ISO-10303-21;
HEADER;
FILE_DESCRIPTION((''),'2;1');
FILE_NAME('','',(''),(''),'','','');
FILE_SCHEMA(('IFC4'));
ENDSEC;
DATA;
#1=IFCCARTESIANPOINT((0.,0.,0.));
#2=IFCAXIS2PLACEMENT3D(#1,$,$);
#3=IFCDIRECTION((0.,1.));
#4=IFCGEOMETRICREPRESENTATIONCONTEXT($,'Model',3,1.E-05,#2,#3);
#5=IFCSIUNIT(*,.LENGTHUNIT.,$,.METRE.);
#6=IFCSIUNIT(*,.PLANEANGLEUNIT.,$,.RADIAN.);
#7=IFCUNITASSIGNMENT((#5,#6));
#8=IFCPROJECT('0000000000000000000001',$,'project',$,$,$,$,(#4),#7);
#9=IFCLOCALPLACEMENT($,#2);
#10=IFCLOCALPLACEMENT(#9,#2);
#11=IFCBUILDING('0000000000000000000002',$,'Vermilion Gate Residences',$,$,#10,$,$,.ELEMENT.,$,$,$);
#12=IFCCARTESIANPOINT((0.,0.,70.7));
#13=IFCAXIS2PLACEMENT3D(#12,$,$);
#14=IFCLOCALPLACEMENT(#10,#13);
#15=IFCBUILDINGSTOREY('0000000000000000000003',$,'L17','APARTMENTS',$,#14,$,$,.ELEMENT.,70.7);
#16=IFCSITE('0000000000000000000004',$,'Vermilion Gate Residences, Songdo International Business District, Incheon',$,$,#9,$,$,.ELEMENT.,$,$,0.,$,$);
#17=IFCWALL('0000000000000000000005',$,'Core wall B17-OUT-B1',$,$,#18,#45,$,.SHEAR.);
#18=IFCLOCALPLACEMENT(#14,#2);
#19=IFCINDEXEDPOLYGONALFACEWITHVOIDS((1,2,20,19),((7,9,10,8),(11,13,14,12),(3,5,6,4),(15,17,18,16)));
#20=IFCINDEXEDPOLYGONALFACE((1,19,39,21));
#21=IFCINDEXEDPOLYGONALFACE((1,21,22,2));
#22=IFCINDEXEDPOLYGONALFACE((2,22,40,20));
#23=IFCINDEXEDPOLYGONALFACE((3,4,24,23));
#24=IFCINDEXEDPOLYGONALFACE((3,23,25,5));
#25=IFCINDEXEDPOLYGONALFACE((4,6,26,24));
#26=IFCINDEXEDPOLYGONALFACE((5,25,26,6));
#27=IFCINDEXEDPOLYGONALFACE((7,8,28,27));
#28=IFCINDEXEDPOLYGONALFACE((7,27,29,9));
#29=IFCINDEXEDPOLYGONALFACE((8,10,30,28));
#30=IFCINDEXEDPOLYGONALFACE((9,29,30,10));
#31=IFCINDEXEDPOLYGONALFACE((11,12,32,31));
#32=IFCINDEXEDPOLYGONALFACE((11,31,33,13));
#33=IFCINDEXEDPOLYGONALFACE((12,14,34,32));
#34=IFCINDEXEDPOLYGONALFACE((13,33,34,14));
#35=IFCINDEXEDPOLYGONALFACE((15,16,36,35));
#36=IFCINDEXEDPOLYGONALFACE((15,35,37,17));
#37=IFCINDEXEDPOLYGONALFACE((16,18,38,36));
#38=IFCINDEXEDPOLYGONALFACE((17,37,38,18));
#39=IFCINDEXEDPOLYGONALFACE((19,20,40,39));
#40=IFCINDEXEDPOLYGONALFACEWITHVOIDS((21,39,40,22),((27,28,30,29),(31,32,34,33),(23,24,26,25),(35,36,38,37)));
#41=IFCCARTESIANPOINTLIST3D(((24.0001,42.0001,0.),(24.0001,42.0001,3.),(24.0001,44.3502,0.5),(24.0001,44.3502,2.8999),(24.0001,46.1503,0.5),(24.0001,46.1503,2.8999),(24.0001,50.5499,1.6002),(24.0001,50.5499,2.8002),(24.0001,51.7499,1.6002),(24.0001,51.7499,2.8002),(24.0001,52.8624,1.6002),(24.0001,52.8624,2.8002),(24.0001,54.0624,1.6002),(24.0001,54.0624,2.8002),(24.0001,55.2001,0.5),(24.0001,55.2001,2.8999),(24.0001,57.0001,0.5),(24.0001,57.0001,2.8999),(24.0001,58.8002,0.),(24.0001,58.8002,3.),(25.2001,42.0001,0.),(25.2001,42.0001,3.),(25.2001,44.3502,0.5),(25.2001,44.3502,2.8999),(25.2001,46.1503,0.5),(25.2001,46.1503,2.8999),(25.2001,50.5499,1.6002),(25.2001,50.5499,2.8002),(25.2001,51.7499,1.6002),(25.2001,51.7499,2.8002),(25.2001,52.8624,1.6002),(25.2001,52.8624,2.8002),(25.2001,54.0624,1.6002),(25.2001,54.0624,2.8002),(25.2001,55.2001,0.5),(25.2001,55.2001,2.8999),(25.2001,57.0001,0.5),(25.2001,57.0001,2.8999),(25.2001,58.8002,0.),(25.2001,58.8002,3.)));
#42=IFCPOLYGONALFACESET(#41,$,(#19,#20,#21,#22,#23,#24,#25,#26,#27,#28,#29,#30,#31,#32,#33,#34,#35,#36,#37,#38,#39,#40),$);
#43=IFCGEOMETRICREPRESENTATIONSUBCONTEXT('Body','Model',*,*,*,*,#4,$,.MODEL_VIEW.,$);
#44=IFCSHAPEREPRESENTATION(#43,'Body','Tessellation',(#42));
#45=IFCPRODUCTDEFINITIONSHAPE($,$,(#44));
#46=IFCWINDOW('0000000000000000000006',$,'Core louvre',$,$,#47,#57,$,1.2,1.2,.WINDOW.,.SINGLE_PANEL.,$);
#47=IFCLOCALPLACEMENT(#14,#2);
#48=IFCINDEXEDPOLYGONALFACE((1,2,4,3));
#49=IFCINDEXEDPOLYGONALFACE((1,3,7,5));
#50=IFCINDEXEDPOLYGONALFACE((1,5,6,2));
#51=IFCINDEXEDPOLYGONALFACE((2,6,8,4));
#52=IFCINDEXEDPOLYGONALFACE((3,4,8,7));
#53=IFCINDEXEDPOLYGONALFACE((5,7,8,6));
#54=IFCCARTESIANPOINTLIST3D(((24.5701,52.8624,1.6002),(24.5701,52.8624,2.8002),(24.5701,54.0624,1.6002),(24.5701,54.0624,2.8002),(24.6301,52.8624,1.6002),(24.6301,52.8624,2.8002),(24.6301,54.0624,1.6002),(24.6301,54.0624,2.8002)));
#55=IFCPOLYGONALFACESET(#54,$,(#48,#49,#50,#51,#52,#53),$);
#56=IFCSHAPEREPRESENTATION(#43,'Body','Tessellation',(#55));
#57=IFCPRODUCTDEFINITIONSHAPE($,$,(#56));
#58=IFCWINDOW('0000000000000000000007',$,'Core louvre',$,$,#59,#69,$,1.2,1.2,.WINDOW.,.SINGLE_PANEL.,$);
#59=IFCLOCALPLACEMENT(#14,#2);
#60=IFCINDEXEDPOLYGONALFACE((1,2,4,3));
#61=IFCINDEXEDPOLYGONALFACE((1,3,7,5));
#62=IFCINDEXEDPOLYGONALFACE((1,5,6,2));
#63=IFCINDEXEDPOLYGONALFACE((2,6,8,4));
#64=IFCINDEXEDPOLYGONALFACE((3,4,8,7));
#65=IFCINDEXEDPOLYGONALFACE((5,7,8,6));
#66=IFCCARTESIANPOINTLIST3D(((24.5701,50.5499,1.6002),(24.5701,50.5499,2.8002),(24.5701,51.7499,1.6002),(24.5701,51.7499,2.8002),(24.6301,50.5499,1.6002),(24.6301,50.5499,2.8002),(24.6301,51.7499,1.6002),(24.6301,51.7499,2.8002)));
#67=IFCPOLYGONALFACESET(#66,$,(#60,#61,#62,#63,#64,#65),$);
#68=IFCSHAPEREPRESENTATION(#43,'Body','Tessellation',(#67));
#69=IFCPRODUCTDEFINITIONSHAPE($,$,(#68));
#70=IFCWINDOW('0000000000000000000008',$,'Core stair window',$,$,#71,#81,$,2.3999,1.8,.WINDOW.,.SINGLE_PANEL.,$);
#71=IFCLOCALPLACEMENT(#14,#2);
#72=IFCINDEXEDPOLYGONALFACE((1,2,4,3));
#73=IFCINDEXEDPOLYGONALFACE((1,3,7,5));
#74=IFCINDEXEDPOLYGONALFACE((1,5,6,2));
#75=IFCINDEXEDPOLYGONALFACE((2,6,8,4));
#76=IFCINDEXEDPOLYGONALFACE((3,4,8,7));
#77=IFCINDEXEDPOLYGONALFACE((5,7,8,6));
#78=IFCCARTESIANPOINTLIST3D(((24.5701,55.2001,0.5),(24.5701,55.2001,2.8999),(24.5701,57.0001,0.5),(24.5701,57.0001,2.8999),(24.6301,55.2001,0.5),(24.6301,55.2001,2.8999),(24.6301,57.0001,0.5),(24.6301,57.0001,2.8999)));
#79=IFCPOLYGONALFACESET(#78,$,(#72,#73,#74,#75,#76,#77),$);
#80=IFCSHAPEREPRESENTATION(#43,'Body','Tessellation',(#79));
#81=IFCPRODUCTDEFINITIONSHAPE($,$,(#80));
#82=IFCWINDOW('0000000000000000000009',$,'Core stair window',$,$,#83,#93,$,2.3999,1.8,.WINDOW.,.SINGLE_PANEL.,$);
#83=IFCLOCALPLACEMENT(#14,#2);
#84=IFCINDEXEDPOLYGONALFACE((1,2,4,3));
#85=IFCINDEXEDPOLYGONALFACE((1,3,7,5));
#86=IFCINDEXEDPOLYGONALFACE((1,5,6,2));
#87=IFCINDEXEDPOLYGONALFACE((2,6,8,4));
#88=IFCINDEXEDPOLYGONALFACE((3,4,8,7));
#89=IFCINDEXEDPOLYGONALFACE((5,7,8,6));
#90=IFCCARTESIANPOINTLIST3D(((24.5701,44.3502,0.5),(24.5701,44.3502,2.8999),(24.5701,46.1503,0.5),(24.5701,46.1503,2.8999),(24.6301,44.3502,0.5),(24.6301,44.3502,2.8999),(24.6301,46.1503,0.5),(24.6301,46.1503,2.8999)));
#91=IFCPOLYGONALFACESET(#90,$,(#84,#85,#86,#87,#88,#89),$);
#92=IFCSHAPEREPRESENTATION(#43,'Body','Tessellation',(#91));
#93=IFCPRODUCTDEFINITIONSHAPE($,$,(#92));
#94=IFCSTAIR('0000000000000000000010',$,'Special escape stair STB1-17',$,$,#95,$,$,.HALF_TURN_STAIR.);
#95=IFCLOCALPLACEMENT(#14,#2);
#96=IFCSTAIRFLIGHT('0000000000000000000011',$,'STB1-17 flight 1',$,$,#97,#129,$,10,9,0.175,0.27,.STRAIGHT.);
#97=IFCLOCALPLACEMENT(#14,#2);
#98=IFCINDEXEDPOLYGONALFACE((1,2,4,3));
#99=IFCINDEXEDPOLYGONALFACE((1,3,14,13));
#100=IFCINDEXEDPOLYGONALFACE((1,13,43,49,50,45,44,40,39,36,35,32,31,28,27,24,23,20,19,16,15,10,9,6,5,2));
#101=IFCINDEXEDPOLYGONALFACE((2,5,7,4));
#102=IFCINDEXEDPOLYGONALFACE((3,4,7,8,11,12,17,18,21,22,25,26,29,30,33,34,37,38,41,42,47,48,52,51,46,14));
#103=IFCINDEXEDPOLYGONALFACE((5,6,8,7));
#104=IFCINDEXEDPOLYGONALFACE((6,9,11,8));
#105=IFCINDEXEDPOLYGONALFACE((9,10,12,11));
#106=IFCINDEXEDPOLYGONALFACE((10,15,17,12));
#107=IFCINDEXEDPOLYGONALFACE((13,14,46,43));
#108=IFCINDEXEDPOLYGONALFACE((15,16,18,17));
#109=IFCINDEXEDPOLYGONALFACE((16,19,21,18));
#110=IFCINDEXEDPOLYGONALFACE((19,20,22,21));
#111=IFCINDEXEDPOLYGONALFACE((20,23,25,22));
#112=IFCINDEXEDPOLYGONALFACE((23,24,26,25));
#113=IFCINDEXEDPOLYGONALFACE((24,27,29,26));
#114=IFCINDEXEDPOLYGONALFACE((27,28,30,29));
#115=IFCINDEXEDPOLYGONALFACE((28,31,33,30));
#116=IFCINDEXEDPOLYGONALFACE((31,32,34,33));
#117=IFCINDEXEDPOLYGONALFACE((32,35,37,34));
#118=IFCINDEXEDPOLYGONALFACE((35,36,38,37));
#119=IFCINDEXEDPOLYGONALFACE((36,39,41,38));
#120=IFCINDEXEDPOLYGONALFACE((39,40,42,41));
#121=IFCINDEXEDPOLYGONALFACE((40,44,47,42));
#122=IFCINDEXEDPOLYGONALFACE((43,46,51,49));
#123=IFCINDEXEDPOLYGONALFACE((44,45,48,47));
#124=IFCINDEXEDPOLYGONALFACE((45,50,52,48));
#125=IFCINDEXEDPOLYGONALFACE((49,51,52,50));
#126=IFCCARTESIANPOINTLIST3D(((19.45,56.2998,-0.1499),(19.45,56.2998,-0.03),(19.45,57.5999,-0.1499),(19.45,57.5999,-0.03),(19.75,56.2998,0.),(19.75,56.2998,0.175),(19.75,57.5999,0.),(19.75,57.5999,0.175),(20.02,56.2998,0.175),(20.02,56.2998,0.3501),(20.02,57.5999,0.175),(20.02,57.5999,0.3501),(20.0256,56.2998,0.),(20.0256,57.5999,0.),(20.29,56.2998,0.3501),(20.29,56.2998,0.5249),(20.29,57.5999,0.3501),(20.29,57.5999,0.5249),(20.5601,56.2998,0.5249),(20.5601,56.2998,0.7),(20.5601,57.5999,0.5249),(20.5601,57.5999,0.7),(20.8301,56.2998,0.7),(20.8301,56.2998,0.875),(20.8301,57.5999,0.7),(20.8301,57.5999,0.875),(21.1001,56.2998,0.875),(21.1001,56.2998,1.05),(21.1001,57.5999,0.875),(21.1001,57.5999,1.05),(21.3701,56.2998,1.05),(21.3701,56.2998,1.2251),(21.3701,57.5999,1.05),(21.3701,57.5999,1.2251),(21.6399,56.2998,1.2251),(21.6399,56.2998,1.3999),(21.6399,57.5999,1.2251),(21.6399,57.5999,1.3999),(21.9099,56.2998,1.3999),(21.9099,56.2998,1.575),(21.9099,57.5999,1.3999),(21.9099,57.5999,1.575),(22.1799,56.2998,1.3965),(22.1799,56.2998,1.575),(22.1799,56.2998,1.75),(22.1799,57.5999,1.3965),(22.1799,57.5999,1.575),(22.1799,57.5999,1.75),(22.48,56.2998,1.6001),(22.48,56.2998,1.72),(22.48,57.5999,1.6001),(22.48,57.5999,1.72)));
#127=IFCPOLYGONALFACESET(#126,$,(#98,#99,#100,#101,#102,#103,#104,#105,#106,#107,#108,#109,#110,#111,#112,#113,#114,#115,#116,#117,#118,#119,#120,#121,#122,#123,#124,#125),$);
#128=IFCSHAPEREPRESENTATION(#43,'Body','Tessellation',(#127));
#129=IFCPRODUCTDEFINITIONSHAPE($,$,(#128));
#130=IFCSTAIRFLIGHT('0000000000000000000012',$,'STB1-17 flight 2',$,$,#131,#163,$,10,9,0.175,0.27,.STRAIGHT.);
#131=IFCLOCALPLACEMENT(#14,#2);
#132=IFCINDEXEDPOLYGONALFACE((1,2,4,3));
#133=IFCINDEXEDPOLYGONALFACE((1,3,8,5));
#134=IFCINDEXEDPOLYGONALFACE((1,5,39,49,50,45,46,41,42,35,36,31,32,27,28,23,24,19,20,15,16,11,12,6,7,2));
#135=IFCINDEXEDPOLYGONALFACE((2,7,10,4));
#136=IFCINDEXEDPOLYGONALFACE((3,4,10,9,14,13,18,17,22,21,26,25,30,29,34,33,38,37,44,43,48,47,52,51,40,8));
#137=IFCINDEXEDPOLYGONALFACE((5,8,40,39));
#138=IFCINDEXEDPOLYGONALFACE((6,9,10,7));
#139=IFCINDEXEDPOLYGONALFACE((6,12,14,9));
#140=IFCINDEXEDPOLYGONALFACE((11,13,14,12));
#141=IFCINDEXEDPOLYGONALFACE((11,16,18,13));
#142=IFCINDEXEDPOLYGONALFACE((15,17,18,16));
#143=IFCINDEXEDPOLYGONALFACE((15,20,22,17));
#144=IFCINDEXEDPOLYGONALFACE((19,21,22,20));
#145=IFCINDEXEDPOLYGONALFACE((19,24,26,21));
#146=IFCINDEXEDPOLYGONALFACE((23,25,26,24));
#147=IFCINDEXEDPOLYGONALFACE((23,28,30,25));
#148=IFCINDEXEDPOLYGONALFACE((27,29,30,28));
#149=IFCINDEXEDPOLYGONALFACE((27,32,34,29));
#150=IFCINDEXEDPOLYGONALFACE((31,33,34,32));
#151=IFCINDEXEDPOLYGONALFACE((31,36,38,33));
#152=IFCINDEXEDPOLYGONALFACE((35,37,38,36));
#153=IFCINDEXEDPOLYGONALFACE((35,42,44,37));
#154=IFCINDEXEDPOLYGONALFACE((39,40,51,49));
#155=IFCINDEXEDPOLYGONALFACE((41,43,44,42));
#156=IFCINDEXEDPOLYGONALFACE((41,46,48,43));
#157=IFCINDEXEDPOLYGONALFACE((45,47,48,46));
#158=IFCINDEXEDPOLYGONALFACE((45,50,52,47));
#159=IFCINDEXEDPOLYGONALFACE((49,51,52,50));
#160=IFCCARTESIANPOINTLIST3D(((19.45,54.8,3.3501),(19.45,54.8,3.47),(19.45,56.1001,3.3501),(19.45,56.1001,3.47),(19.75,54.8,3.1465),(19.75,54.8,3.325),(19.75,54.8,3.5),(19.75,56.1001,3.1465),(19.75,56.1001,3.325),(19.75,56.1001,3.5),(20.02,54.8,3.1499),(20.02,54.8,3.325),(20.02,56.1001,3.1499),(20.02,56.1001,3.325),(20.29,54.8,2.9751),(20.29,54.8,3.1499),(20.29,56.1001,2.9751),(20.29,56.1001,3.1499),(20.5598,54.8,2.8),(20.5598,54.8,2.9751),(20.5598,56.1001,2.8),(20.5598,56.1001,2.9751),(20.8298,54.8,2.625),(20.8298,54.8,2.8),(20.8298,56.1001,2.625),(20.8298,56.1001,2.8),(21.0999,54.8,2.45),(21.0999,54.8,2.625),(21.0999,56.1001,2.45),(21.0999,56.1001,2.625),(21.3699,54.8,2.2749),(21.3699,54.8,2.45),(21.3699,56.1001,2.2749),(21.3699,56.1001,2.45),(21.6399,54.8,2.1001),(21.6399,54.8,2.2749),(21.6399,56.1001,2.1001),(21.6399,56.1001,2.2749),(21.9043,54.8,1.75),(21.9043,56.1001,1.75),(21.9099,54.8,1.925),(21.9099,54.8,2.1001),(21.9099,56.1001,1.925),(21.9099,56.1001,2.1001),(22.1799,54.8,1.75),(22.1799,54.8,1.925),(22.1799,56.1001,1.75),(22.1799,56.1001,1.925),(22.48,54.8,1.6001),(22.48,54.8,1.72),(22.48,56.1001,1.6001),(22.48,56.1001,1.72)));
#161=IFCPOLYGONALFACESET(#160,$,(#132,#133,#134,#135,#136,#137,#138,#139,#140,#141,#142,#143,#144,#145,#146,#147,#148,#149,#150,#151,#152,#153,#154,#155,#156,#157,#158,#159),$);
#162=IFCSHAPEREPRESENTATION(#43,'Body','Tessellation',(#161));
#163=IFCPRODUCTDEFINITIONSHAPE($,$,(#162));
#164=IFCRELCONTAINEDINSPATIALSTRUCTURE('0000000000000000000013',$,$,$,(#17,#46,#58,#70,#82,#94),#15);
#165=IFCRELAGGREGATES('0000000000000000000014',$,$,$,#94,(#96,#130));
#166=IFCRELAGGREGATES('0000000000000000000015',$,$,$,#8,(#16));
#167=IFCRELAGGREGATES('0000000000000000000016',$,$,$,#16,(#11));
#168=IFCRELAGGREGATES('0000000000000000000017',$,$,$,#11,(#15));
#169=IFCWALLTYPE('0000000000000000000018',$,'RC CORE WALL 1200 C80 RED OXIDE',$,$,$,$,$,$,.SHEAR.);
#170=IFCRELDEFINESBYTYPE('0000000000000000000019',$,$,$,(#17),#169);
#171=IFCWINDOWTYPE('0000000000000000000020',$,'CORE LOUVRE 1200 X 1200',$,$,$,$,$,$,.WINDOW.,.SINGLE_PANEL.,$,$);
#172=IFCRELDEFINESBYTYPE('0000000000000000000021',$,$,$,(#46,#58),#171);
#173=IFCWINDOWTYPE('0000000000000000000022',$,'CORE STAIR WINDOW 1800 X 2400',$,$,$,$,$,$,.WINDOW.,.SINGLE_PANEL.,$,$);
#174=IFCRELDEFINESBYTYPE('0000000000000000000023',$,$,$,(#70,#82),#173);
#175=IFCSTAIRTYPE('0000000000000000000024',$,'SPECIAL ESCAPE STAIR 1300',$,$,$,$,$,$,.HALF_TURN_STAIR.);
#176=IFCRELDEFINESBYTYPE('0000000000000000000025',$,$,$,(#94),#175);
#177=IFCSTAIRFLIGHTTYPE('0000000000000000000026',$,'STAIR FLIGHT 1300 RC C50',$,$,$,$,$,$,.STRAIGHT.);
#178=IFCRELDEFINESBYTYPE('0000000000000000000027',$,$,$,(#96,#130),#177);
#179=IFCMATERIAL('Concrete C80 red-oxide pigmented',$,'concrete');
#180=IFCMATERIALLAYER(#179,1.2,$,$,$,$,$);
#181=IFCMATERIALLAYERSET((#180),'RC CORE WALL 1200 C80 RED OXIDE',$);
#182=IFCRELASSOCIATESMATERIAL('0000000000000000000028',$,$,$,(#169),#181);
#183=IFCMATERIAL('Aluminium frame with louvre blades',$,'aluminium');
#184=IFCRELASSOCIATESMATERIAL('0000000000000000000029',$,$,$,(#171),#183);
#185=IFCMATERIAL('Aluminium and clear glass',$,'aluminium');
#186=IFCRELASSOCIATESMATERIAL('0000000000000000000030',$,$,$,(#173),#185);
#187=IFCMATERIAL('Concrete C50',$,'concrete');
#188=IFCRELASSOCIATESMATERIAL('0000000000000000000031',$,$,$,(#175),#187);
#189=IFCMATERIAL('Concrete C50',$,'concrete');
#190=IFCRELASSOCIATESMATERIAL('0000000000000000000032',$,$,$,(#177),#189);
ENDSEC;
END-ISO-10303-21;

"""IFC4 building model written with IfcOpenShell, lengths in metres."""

from ifc_helpers import new_model, si_unit, direction, frame, frame_2d, origin, place, context, subcontext, project, spatial, polyline, rectangle, outline, extrude, material, layer, layer_set, type_object, element, fill, aggregate, save


model = new_model("IFC4")

# Units and contexts
model_context = context("Model", 3, precision=1e-05, world=origin(), true_north=direction((0.0, 1.0)))
body_context = subcontext(model_context, "Body", "Model", "MODEL_VIEW")
ifc_project = project(units=[si_unit("LENGTHUNIT", "METRE"), si_unit("PLANEANGLEUNIT", "RADIAN")], contexts=[model_context])

# Site, building, storey
site_placement = place(None, origin())
site = spatial("IfcSite", under=ifc_project, at=site_placement, Name="Vermilion Gate Residences, Songdo International Business District, Incheon", CompositionType="ELEMENT", RefElevation=0.0)
building_placement = place(site_placement, origin())
building = spatial("IfcBuilding", under=site, at=building_placement, Name="Vermilion Gate Residences", CompositionType="ELEMENT")
storey_placement = place(building_placement, frame((0.0, 0.0, 70.7)))
storey = spatial("IfcBuildingStorey", under=building, at=storey_placement, Name="L17", Description="APARTMENTS", CompositionType="ELEMENT", Elevation=70.7)

# Wall, openings, windows
ifc_material_1 = material(Name="Concrete C80 red-oxide pigmented", Category="concrete")
ifc_layer_1 = layer(ifc_material_1, 1.2)
ifc_layer_set_1 = layer_set([ifc_layer_1], Name="RC CORE WALL 1200 C80 RED OXIDE")
wall_type_1 = type_object("IfcWallType", Name="RC CORE WALL 1200 C80 RED OXIDE", PredefinedType="SHEAR", material=ifc_layer_set_1)
wall_1_placement = place(storey_placement, frame((24.6001, 58.8, 0.0), z_axis=(0.0, 0.0, 1.0), x_axis=(0.0, -1.0, 0.0)))
wall_1 = element("IfcWall", 1, at=wall_1_placement, inside=storey, type_object=wall_type_1, Name="Core wall B17-OUT-B1", PredefinedType="SHEAR", context=body_context, shape_type="SweptSolid", body=[
    extrude(rectangle(XDim=16.8, YDim=1.2, at=frame_2d((8.3999, 0.0))), origin(), (0.0, 0.0, 1.0), 3.0),
])
opening_1_placement = place(wall_1_placement, frame((1.8, 0.0, 0.5)))
opening_1 = element("IfcOpeningElement", 2, at=opening_1_placement, cuts=wall_1, PredefinedType="OPENING", context=body_context, shape_type="SweptSolid", body=[
    extrude(rectangle(XDim=1.8, YDim=2.3999, at=frame_2d((0.8999, 1.2))), frame((0.0, 0.6099, 0.0), z_axis=(0.0, -1.0, 0.0), x_axis=(1.0, 0.0, 0.0)), (0.0, 0.0, 1.0), 1.22),
])
opening_2_placement = place(wall_1_placement, frame((4.7375, 0.0, 1.6001)))
opening_2 = element("IfcOpeningElement", 3, at=opening_2_placement, cuts=wall_1, PredefinedType="OPENING", context=body_context, shape_type="SweptSolid", body=[
    extrude(rectangle(XDim=1.2, YDim=1.2, at=frame_2d((0.6001, 0.6001))), frame((0.0, 0.6099, 0.0), z_axis=(0.0, -1.0, 0.0), x_axis=(1.0, 0.0, 0.0)), (0.0, 0.0, 1.0), 1.22),
])
opening_3_placement = place(wall_1_placement, frame((7.05, 0.0, 1.6001)))
opening_3 = element("IfcOpeningElement", 4, at=opening_3_placement, cuts=wall_1, PredefinedType="OPENING", context=body_context, shape_type="SweptSolid", body=[
    extrude(rectangle(XDim=1.2, YDim=1.2, at=frame_2d((0.6001, 0.6001))), frame((0.0, 0.6099, 0.0), z_axis=(0.0, -1.0, 0.0), x_axis=(1.0, 0.0, 0.0)), (0.0, 0.0, 1.0), 1.22),
])
opening_4_placement = place(wall_1_placement, frame((12.6499, 0.0, 0.5)))
opening_4 = element("IfcOpeningElement", 5, at=opening_4_placement, cuts=wall_1, PredefinedType="OPENING", context=body_context, shape_type="SweptSolid", body=[
    extrude(rectangle(XDim=1.8, YDim=2.3999, at=frame_2d((0.8999, 1.2))), frame((0.0, 0.6099, 0.0), z_axis=(0.0, -1.0, 0.0), x_axis=(1.0, 0.0, 0.0)), (0.0, 0.0, 1.0), 1.22),
])
ifc_material_2 = material(Name="Aluminium frame with louvre blades", Category="aluminium")
window_type_1 = type_object("IfcWindowType", Name="CORE LOUVRE 1200 X 1200", PartitioningType="SINGLE_PANEL", PredefinedType="WINDOW", material=ifc_material_2)
window_1_placement = place(opening_2_placement, origin())
window_1 = element("IfcWindow", 6, at=window_1_placement, inside=storey, type_object=window_type_1, Name="Core louvre", OverallHeight=1.2, OverallWidth=1.2, PartitioningType="SINGLE_PANEL", PredefinedType="WINDOW", context=body_context, shape_type="SweptSolid", body=[
    extrude(rectangle(XDim=1.2, YDim=1.2, at=frame_2d((0.6001, 0.6001))), frame((0.0, 0.03, 0.0), z_axis=(0.0, -1.0, 0.0), x_axis=(1.0, 0.0, 0.0)), (0.0, 0.0, 1.0), 0.0601),
])
fill(opening_2, window_1)
window_2_placement = place(opening_3_placement, origin())
window_2 = element("IfcWindow", 7, at=window_2_placement, inside=storey, type_object=window_type_1, Name="Core louvre", OverallHeight=1.2, OverallWidth=1.2, PartitioningType="SINGLE_PANEL", PredefinedType="WINDOW", context=body_context, shape_type="SweptSolid", body=[
    extrude(rectangle(XDim=1.2, YDim=1.2, at=frame_2d((0.6001, 0.6001))), frame((0.0, 0.03, 0.0), z_axis=(0.0, -1.0, 0.0), x_axis=(1.0, 0.0, 0.0)), (0.0, 0.0, 1.0), 0.0601),
])
fill(opening_3, window_2)
ifc_material_3 = material(Name="Aluminium and clear glass", Category="aluminium")
window_type_2 = type_object("IfcWindowType", Name="CORE STAIR WINDOW 1800 X 2400", PartitioningType="SINGLE_PANEL", PredefinedType="WINDOW", material=ifc_material_3)
window_3_placement = place(opening_1_placement, origin())
window_3 = element("IfcWindow", 8, at=window_3_placement, inside=storey, type_object=window_type_2, Name="Core stair window", OverallHeight=2.3999, OverallWidth=1.8, PartitioningType="SINGLE_PANEL", PredefinedType="WINDOW", context=body_context, shape_type="SweptSolid", body=[
    extrude(rectangle(XDim=1.8, YDim=2.3999, at=frame_2d((0.8999, 1.2))), frame((0.0, 0.03, 0.0), z_axis=(0.0, -1.0, 0.0), x_axis=(1.0, 0.0, 0.0)), (0.0, 0.0, 1.0), 0.0601),
])
fill(opening_1, window_3)
window_4_placement = place(opening_4_placement, origin())
window_4 = element("IfcWindow", 9, at=window_4_placement, inside=storey, type_object=window_type_2, Name="Core stair window", OverallHeight=2.3999, OverallWidth=1.8, PartitioningType="SINGLE_PANEL", PredefinedType="WINDOW", context=body_context, shape_type="SweptSolid", body=[
    extrude(rectangle(XDim=1.8, YDim=2.3999, at=frame_2d((0.8999, 1.2))), frame((0.0, 0.03, 0.0), z_axis=(0.0, -1.0, 0.0), x_axis=(1.0, 0.0, 0.0)), (0.0, 0.0, 1.0), 0.0601),
])
fill(opening_4, window_4)

# Stair, stair flights
ifc_material_4 = material(Name="Concrete C50", Category="concrete")
stair_type = type_object("IfcStairType", Name="SPECIAL ESCAPE STAIR 1300", PredefinedType="HALF_TURN_STAIR", material=ifc_material_4)
stair_placement = place(storey_placement, origin())
stair = element("IfcStair", 10, at=stair_placement, inside=storey, type_object=stair_type, Name="Special escape stair STB1-17", PredefinedType="HALF_TURN_STAIR")
ifc_material_5 = material(Name="Concrete C50", Category="concrete")
stair_flight_type = type_object("IfcStairFlightType", Name="STAIR FLIGHT 1300 RC C50", PredefinedType="STRAIGHT", material=ifc_material_5)
stair_flight_1_placement = place(storey_placement, frame((19.75, 56.95, 0.0), z_axis=(0.0, 0.0, 1.0), x_axis=(1.0, 0.0, 0.0)))
stair_flight_1 = element("IfcStairFlight", 11, at=stair_flight_1_placement, type_object=stair_flight_type, Name="STB1-17 flight 1", NumberOfRisers=10, NumberOfTreads=9, PredefinedType="STRAIGHT", RiserHeight=0.175, TreadLength=0.27, context=body_context, shape_type="SweptSolid", body=[
    extrude(outline(polyline([(-0.3, -0.1499), (-0.3, -0.03), (0.0, 0.0), (0.0, 0.175), (0.27, 0.175), (0.27, 0.3501), (0.54, 0.3501), (0.54, 0.5249), (0.8101, 0.5249), (0.8101, 0.7), (1.0801, 0.7), (1.0801, 0.875), (1.3501, 0.875), (1.3501, 1.05), (1.6201, 1.05), (1.6201, 1.2251), (1.8899, 1.2251), (1.8899, 1.3999), (2.1599, 1.3999), (2.1599, 1.575), (2.4299, 1.575), (2.4299, 1.75), (2.73, 1.72), (2.73, 1.6001), (2.4299, 1.3965), (0.2756, 0.0), (-0.3, -0.1499)])), frame((0.0, 0.6499, 0.0), z_axis=(0.0, -1.0, 0.0), x_axis=(1.0, 0.0, 0.0)), (0.0, 0.0, 1.0), 1.3),
])
stair_flight_2_placement = place(storey_placement, frame((22.1799, 55.45, 1.75), z_axis=(0.0, 0.0, 1.0), x_axis=(-1.0, 0.0, 0.0)))
stair_flight_2 = element("IfcStairFlight", 12, at=stair_flight_2_placement, type_object=stair_flight_type, Name="STB1-17 flight 2", NumberOfRisers=10, NumberOfTreads=9, PredefinedType="STRAIGHT", RiserHeight=0.175, TreadLength=0.27, context=body_context, shape_type="SweptSolid", body=[
    extrude(outline(polyline([(-0.3, -0.1499), (-0.3, -0.03), (0.0, 0.0), (0.0, 0.175), (0.27, 0.175), (0.27, 0.3501), (0.54, 0.3501), (0.54, 0.5249), (0.8101, 0.5249), (0.8101, 0.7), (1.0801, 0.7), (1.0801, 0.875), (1.3501, 0.875), (1.3501, 1.05), (1.6201, 1.05), (1.6201, 1.2251), (1.8899, 1.2251), (1.8899, 1.3999), (2.1599, 1.3999), (2.1599, 1.575), (2.4299, 1.575), (2.4299, 1.75), (2.73, 1.72), (2.73, 1.6001), (2.4299, 1.3965), (0.2756, 0.0), (-0.3, -0.1499)])), frame((0.0, 0.6499, 0.0), z_axis=(0.0, -1.0, 0.0), x_axis=(1.0, 0.0, 0.0)), (0.0, 0.0, 1.0), 1.3),
])
aggregate(stair, [stair_flight_1, stair_flight_2])

save(model, "model.ifc")
